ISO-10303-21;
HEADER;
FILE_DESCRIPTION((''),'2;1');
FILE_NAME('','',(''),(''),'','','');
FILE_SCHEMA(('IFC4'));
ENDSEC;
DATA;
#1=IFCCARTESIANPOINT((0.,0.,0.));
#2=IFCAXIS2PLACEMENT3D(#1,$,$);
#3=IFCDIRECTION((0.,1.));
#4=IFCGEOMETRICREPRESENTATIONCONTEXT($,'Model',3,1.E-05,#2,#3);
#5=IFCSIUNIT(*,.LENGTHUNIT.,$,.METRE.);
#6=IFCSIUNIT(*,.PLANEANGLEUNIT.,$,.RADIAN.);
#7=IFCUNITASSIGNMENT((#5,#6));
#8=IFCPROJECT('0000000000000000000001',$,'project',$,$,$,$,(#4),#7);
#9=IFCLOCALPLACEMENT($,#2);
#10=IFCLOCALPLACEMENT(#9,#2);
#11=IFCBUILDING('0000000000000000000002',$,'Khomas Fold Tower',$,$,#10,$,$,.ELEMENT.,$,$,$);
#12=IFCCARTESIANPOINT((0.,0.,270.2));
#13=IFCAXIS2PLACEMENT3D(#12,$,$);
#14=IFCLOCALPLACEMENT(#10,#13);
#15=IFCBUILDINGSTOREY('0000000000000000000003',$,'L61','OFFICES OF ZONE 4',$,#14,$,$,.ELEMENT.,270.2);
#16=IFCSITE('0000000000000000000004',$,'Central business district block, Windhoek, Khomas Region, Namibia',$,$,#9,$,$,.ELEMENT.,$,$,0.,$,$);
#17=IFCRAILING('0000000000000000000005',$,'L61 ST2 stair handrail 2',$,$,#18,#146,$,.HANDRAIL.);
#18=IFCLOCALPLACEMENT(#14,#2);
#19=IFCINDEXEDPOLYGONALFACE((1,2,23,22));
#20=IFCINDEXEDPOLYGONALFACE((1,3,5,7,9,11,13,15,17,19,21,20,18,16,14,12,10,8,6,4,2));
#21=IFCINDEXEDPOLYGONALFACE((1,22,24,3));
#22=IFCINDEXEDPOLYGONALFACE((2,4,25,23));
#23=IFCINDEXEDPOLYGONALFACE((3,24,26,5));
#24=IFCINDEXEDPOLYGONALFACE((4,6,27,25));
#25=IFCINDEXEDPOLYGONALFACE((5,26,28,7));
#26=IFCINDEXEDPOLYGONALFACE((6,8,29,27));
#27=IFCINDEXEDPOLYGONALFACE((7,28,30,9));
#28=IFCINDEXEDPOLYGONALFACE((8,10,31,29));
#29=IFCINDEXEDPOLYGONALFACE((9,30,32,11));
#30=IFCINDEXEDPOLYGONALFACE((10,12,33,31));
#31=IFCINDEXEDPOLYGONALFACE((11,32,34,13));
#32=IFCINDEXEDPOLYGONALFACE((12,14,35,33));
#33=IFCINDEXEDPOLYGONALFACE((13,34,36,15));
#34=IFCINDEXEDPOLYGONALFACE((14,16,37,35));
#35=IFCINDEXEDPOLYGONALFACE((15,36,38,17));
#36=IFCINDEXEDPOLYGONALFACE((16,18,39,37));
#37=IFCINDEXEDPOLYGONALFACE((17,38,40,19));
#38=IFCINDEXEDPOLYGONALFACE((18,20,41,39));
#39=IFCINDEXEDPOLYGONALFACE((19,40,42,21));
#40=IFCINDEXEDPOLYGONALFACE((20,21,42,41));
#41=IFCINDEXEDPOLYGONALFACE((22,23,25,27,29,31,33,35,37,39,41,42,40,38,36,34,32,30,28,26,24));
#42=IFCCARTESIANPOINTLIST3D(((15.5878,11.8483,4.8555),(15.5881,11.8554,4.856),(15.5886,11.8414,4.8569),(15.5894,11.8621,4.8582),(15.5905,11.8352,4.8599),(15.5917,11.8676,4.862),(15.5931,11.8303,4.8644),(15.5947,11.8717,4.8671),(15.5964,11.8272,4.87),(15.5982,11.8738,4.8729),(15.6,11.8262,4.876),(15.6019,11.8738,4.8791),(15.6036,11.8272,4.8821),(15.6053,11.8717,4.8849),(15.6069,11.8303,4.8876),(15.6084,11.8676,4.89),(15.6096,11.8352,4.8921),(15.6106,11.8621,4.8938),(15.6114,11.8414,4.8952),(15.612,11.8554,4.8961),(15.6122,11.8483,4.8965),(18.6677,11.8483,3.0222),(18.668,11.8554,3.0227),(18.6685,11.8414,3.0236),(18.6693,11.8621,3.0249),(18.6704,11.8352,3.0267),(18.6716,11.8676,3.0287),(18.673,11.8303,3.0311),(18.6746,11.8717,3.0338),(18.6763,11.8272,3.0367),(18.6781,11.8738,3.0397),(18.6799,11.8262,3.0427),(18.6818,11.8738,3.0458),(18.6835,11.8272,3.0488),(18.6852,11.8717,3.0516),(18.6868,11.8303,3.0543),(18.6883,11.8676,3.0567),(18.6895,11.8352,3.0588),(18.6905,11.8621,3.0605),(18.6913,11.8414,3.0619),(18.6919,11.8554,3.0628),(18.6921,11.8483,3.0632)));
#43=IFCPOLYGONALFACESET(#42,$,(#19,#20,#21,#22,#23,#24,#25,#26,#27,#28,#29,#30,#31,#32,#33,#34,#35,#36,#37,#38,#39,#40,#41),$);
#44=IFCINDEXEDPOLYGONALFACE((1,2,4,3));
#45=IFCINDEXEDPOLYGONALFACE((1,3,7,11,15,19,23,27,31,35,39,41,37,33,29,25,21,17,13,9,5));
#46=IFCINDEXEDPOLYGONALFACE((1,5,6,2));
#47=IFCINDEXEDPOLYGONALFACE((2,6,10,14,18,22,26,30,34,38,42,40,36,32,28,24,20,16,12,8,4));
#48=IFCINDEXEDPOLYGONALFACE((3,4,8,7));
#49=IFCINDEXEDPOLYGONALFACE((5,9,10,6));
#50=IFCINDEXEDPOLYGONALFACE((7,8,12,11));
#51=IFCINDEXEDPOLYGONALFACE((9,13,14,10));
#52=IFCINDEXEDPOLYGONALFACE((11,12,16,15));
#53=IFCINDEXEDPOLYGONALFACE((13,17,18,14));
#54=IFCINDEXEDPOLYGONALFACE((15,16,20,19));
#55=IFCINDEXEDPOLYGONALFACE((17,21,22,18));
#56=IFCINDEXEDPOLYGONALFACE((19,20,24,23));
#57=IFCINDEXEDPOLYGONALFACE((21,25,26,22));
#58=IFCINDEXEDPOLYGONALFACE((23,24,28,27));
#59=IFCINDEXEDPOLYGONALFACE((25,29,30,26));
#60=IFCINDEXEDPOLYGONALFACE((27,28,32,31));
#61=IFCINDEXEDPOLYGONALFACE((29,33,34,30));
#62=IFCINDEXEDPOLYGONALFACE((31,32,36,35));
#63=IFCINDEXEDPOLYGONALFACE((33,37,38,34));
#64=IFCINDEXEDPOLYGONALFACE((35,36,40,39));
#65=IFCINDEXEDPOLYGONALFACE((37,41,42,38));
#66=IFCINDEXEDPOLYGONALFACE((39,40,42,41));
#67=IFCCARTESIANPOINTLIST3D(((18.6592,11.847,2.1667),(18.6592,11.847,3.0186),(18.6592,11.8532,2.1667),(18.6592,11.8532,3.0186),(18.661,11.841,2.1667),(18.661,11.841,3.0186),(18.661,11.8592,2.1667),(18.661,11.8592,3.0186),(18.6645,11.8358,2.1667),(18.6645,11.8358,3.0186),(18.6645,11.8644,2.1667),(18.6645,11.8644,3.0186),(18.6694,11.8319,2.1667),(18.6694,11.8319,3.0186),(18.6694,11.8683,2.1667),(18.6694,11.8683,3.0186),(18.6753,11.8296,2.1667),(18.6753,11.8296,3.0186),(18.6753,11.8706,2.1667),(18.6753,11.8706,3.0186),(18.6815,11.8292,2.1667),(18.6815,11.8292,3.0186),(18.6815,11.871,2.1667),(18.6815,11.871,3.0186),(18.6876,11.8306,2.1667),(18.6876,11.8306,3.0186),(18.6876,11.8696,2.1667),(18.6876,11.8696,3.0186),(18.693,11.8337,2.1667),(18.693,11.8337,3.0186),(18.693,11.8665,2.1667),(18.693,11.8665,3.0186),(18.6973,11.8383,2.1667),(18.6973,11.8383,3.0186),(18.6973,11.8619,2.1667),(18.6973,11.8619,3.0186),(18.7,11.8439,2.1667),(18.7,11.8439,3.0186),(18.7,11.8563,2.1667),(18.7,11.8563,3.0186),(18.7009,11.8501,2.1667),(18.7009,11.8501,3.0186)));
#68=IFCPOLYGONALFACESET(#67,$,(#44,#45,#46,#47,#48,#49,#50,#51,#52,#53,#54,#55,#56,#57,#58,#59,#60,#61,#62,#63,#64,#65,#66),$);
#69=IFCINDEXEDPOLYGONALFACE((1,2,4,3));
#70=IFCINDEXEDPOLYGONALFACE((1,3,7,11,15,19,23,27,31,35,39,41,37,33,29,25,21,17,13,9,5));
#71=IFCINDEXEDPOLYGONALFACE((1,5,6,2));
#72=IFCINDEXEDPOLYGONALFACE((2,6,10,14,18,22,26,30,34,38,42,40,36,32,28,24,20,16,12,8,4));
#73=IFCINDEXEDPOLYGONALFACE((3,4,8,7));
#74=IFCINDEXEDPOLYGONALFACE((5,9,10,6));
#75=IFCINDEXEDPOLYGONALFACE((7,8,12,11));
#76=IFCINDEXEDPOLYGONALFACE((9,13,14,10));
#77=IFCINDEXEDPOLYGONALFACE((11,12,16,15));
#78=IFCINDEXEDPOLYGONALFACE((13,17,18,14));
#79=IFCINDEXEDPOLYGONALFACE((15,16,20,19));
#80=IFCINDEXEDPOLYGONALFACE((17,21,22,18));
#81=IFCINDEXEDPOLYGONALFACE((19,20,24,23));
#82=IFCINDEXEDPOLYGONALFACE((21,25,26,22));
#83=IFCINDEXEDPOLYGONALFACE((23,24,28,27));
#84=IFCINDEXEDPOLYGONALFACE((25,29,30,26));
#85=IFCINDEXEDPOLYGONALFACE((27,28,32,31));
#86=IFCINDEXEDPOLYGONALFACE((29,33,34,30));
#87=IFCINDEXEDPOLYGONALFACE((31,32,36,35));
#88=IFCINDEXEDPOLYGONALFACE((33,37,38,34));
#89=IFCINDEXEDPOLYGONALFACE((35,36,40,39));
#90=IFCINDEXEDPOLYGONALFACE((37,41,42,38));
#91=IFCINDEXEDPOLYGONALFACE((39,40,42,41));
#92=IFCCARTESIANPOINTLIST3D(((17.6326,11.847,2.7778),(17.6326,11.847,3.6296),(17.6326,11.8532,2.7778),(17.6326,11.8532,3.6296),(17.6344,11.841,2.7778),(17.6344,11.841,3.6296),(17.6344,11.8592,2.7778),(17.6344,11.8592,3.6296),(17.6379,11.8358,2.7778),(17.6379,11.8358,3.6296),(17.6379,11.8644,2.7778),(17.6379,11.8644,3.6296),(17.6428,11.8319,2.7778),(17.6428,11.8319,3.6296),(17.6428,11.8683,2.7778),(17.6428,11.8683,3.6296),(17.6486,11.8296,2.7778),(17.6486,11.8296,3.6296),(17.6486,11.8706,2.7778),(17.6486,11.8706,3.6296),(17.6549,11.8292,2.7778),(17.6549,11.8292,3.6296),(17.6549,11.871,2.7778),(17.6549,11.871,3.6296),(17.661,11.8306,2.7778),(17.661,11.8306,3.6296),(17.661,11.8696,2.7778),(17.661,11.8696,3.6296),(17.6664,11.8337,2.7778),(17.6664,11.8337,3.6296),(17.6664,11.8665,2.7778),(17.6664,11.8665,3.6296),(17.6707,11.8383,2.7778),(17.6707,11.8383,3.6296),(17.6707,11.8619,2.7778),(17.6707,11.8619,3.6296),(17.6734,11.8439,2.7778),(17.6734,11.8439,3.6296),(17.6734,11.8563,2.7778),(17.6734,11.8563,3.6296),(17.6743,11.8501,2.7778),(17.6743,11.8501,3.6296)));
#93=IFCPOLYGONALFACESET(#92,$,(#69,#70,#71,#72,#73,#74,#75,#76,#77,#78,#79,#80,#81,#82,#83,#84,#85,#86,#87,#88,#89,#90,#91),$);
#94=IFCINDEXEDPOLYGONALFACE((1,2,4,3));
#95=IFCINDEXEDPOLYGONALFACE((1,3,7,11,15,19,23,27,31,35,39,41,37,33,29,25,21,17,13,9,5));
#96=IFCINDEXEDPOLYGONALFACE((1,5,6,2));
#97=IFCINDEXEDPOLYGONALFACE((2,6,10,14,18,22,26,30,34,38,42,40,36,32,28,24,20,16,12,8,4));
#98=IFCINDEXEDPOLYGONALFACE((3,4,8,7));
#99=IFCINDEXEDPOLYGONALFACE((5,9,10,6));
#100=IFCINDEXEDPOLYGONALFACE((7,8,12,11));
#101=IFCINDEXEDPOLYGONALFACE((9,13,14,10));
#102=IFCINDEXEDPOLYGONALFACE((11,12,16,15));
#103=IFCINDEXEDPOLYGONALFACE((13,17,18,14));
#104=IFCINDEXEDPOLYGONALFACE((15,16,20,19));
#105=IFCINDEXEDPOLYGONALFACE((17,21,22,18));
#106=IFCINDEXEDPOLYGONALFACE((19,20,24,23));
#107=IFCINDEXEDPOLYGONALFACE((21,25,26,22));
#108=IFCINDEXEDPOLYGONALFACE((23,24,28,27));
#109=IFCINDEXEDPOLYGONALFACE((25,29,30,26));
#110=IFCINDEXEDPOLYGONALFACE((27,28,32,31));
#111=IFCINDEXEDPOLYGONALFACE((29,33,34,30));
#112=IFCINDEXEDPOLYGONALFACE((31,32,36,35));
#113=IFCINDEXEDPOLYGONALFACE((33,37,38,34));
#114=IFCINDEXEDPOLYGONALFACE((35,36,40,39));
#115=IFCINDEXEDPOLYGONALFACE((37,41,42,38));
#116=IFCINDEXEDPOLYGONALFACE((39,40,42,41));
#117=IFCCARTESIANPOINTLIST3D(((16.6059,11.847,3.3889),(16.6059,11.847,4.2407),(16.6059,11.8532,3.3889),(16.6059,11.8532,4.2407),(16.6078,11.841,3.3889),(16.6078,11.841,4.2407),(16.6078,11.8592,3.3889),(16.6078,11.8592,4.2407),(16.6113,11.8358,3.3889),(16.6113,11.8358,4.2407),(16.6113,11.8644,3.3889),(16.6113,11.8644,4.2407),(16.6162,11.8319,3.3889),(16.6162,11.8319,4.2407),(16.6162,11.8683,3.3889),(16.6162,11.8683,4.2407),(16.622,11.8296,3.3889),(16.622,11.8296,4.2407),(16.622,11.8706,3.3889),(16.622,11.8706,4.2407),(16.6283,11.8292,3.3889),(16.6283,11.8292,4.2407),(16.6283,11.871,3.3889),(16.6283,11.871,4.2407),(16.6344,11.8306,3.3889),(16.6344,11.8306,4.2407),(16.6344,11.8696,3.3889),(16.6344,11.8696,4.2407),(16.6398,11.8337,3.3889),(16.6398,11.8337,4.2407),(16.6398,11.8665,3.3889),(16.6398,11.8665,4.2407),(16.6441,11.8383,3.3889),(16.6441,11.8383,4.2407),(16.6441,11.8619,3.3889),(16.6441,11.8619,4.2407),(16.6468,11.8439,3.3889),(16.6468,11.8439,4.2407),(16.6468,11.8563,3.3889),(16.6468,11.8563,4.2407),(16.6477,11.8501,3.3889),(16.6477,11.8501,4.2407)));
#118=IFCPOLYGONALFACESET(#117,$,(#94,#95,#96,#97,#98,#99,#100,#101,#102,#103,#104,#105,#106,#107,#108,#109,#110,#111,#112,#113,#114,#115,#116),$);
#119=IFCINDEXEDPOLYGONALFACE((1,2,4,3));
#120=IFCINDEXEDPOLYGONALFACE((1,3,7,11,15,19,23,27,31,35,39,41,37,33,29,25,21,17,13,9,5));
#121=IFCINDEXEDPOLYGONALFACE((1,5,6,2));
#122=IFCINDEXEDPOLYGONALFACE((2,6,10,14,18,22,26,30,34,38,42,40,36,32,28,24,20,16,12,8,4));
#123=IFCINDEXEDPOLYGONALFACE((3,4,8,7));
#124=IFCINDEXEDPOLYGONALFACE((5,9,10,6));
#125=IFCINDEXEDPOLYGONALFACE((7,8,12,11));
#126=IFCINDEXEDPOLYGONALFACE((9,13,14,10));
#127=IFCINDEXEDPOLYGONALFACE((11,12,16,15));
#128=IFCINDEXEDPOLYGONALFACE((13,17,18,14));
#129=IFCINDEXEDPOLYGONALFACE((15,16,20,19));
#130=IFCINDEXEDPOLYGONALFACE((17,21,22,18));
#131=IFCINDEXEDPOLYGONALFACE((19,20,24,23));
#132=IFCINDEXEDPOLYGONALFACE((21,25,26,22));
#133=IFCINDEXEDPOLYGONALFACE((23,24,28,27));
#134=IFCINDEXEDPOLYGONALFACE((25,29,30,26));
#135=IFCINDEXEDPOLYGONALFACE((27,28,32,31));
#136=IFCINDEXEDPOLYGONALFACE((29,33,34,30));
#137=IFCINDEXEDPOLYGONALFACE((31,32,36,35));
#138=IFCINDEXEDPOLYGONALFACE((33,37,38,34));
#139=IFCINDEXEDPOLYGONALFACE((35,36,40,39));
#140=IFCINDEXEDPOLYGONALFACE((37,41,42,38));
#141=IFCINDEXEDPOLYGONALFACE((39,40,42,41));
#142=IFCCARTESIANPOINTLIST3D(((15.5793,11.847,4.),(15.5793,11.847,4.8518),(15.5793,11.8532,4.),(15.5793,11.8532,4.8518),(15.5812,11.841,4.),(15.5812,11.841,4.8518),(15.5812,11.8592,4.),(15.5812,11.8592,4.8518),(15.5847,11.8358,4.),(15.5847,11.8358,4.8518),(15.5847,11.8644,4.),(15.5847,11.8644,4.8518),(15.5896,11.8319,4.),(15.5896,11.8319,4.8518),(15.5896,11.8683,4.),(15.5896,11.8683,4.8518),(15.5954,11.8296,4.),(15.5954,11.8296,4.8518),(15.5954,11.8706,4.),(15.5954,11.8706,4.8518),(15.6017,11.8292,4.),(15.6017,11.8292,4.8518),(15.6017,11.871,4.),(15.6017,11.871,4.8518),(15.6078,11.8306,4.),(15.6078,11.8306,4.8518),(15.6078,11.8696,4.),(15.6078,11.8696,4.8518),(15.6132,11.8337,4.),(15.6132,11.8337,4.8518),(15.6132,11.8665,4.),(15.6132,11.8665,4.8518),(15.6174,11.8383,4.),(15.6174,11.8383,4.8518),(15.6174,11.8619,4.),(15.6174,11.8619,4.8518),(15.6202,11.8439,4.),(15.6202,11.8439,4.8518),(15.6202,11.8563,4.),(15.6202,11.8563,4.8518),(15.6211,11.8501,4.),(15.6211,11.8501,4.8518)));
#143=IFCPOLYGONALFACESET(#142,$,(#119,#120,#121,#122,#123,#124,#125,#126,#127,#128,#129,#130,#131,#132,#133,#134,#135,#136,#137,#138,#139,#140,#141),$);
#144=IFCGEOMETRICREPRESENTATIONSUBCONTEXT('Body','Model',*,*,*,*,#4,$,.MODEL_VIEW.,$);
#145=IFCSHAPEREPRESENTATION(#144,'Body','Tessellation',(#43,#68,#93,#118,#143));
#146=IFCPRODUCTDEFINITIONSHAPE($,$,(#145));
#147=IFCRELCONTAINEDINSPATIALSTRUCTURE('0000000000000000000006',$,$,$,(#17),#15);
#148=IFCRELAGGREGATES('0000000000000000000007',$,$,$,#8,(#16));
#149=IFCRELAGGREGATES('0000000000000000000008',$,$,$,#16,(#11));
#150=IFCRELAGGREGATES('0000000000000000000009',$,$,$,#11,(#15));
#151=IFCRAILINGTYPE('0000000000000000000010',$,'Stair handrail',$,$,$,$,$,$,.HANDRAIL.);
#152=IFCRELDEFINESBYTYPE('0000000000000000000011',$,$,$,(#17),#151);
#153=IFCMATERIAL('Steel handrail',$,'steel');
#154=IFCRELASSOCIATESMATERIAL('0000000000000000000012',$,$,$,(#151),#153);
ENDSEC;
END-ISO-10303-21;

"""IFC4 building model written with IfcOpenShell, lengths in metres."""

from ifc_helpers import new_model, si_unit, direction, frame, origin, origin_2d, place, context, subcontext, project, spatial, circle, extrude, source, transform, mapped, material, type_object, element, save


model = new_model("IFC4")

# Units and contexts
model_context = context("Model", 3, precision=1e-05, world=origin(), true_north=direction((0.0, 1.0)))
body_context = subcontext(model_context, "Body", "Model", "MODEL_VIEW")
ifc_project = project(units=[si_unit("LENGTHUNIT", "METRE"), si_unit("PLANEANGLEUNIT", "RADIAN")], contexts=[model_context])

# Site, building, storey
site_placement = place(None, origin())
site = spatial("IfcSite", under=ifc_project, at=site_placement, Name="Central business district block, Windhoek, Khomas Region, Namibia", CompositionType="ELEMENT", RefElevation=0.0)
building_placement = place(site_placement, origin())
building = spatial("IfcBuilding", under=site, at=building_placement, Name="Khomas Fold Tower", CompositionType="ELEMENT")
storey_placement = place(building_placement, frame((0.0, 0.0, 270.2)))
storey = spatial("IfcBuildingStorey", under=building, at=storey_placement, Name="L61", Description="OFFICES OF ZONE 4", CompositionType="ELEMENT", Elevation=270.2)

# Railing
ifc_material_1 = material(Name="Steel handrail", Category="steel")
railing_type_1 = type_object("IfcRailingType", Name="Stair handrail", PredefinedType="HANDRAIL", material=ifc_material_1)
shared_shape_1 = source(origin(), body_context, "Body", "SweptSolid", [
    extrude(circle(Radius=0.0239, at=origin_2d()), frame((0.0, 0.0, 0.876), z_axis=(-0.859291, 0.0, 0.511487), x_axis=(0.0, -1.0, 0.0)), (0.0, 0.0, 1.0), 3.5842),
    extrude(circle(Radius=0.021, at=origin_2d()), origin(), (0.0, 0.0, 1.0), 0.8518),
    extrude(circle(Radius=0.021, at=origin_2d()), frame((-1.0266, 0.0, 0.6111)), (0.0, 0.0, 1.0), 0.8518),
    extrude(circle(Radius=0.021, at=origin_2d()), frame((-2.0532, 0.0, 1.2222)), (0.0, 0.0, 1.0), 0.8518),
    extrude(circle(Radius=0.021, at=origin_2d()), frame((-3.0798, 0.0, 1.8333)), (0.0, 0.0, 1.0), 0.8518),
])
railing_1_placement = place(storey_placement, frame((18.6799, 11.8501, 2.1667)))
element("IfcRailing", 1, at=railing_1_placement, inside=storey, type_object=railing_type_1, Name="L61 ST2 stair handrail 2", PredefinedType="HANDRAIL", context=body_context, shape_type="MappedRepresentation", body=[
    mapped(shared_shape_1, transform((0.0, 0.0, 0.0))),
])

save(model, "model.ifc")
